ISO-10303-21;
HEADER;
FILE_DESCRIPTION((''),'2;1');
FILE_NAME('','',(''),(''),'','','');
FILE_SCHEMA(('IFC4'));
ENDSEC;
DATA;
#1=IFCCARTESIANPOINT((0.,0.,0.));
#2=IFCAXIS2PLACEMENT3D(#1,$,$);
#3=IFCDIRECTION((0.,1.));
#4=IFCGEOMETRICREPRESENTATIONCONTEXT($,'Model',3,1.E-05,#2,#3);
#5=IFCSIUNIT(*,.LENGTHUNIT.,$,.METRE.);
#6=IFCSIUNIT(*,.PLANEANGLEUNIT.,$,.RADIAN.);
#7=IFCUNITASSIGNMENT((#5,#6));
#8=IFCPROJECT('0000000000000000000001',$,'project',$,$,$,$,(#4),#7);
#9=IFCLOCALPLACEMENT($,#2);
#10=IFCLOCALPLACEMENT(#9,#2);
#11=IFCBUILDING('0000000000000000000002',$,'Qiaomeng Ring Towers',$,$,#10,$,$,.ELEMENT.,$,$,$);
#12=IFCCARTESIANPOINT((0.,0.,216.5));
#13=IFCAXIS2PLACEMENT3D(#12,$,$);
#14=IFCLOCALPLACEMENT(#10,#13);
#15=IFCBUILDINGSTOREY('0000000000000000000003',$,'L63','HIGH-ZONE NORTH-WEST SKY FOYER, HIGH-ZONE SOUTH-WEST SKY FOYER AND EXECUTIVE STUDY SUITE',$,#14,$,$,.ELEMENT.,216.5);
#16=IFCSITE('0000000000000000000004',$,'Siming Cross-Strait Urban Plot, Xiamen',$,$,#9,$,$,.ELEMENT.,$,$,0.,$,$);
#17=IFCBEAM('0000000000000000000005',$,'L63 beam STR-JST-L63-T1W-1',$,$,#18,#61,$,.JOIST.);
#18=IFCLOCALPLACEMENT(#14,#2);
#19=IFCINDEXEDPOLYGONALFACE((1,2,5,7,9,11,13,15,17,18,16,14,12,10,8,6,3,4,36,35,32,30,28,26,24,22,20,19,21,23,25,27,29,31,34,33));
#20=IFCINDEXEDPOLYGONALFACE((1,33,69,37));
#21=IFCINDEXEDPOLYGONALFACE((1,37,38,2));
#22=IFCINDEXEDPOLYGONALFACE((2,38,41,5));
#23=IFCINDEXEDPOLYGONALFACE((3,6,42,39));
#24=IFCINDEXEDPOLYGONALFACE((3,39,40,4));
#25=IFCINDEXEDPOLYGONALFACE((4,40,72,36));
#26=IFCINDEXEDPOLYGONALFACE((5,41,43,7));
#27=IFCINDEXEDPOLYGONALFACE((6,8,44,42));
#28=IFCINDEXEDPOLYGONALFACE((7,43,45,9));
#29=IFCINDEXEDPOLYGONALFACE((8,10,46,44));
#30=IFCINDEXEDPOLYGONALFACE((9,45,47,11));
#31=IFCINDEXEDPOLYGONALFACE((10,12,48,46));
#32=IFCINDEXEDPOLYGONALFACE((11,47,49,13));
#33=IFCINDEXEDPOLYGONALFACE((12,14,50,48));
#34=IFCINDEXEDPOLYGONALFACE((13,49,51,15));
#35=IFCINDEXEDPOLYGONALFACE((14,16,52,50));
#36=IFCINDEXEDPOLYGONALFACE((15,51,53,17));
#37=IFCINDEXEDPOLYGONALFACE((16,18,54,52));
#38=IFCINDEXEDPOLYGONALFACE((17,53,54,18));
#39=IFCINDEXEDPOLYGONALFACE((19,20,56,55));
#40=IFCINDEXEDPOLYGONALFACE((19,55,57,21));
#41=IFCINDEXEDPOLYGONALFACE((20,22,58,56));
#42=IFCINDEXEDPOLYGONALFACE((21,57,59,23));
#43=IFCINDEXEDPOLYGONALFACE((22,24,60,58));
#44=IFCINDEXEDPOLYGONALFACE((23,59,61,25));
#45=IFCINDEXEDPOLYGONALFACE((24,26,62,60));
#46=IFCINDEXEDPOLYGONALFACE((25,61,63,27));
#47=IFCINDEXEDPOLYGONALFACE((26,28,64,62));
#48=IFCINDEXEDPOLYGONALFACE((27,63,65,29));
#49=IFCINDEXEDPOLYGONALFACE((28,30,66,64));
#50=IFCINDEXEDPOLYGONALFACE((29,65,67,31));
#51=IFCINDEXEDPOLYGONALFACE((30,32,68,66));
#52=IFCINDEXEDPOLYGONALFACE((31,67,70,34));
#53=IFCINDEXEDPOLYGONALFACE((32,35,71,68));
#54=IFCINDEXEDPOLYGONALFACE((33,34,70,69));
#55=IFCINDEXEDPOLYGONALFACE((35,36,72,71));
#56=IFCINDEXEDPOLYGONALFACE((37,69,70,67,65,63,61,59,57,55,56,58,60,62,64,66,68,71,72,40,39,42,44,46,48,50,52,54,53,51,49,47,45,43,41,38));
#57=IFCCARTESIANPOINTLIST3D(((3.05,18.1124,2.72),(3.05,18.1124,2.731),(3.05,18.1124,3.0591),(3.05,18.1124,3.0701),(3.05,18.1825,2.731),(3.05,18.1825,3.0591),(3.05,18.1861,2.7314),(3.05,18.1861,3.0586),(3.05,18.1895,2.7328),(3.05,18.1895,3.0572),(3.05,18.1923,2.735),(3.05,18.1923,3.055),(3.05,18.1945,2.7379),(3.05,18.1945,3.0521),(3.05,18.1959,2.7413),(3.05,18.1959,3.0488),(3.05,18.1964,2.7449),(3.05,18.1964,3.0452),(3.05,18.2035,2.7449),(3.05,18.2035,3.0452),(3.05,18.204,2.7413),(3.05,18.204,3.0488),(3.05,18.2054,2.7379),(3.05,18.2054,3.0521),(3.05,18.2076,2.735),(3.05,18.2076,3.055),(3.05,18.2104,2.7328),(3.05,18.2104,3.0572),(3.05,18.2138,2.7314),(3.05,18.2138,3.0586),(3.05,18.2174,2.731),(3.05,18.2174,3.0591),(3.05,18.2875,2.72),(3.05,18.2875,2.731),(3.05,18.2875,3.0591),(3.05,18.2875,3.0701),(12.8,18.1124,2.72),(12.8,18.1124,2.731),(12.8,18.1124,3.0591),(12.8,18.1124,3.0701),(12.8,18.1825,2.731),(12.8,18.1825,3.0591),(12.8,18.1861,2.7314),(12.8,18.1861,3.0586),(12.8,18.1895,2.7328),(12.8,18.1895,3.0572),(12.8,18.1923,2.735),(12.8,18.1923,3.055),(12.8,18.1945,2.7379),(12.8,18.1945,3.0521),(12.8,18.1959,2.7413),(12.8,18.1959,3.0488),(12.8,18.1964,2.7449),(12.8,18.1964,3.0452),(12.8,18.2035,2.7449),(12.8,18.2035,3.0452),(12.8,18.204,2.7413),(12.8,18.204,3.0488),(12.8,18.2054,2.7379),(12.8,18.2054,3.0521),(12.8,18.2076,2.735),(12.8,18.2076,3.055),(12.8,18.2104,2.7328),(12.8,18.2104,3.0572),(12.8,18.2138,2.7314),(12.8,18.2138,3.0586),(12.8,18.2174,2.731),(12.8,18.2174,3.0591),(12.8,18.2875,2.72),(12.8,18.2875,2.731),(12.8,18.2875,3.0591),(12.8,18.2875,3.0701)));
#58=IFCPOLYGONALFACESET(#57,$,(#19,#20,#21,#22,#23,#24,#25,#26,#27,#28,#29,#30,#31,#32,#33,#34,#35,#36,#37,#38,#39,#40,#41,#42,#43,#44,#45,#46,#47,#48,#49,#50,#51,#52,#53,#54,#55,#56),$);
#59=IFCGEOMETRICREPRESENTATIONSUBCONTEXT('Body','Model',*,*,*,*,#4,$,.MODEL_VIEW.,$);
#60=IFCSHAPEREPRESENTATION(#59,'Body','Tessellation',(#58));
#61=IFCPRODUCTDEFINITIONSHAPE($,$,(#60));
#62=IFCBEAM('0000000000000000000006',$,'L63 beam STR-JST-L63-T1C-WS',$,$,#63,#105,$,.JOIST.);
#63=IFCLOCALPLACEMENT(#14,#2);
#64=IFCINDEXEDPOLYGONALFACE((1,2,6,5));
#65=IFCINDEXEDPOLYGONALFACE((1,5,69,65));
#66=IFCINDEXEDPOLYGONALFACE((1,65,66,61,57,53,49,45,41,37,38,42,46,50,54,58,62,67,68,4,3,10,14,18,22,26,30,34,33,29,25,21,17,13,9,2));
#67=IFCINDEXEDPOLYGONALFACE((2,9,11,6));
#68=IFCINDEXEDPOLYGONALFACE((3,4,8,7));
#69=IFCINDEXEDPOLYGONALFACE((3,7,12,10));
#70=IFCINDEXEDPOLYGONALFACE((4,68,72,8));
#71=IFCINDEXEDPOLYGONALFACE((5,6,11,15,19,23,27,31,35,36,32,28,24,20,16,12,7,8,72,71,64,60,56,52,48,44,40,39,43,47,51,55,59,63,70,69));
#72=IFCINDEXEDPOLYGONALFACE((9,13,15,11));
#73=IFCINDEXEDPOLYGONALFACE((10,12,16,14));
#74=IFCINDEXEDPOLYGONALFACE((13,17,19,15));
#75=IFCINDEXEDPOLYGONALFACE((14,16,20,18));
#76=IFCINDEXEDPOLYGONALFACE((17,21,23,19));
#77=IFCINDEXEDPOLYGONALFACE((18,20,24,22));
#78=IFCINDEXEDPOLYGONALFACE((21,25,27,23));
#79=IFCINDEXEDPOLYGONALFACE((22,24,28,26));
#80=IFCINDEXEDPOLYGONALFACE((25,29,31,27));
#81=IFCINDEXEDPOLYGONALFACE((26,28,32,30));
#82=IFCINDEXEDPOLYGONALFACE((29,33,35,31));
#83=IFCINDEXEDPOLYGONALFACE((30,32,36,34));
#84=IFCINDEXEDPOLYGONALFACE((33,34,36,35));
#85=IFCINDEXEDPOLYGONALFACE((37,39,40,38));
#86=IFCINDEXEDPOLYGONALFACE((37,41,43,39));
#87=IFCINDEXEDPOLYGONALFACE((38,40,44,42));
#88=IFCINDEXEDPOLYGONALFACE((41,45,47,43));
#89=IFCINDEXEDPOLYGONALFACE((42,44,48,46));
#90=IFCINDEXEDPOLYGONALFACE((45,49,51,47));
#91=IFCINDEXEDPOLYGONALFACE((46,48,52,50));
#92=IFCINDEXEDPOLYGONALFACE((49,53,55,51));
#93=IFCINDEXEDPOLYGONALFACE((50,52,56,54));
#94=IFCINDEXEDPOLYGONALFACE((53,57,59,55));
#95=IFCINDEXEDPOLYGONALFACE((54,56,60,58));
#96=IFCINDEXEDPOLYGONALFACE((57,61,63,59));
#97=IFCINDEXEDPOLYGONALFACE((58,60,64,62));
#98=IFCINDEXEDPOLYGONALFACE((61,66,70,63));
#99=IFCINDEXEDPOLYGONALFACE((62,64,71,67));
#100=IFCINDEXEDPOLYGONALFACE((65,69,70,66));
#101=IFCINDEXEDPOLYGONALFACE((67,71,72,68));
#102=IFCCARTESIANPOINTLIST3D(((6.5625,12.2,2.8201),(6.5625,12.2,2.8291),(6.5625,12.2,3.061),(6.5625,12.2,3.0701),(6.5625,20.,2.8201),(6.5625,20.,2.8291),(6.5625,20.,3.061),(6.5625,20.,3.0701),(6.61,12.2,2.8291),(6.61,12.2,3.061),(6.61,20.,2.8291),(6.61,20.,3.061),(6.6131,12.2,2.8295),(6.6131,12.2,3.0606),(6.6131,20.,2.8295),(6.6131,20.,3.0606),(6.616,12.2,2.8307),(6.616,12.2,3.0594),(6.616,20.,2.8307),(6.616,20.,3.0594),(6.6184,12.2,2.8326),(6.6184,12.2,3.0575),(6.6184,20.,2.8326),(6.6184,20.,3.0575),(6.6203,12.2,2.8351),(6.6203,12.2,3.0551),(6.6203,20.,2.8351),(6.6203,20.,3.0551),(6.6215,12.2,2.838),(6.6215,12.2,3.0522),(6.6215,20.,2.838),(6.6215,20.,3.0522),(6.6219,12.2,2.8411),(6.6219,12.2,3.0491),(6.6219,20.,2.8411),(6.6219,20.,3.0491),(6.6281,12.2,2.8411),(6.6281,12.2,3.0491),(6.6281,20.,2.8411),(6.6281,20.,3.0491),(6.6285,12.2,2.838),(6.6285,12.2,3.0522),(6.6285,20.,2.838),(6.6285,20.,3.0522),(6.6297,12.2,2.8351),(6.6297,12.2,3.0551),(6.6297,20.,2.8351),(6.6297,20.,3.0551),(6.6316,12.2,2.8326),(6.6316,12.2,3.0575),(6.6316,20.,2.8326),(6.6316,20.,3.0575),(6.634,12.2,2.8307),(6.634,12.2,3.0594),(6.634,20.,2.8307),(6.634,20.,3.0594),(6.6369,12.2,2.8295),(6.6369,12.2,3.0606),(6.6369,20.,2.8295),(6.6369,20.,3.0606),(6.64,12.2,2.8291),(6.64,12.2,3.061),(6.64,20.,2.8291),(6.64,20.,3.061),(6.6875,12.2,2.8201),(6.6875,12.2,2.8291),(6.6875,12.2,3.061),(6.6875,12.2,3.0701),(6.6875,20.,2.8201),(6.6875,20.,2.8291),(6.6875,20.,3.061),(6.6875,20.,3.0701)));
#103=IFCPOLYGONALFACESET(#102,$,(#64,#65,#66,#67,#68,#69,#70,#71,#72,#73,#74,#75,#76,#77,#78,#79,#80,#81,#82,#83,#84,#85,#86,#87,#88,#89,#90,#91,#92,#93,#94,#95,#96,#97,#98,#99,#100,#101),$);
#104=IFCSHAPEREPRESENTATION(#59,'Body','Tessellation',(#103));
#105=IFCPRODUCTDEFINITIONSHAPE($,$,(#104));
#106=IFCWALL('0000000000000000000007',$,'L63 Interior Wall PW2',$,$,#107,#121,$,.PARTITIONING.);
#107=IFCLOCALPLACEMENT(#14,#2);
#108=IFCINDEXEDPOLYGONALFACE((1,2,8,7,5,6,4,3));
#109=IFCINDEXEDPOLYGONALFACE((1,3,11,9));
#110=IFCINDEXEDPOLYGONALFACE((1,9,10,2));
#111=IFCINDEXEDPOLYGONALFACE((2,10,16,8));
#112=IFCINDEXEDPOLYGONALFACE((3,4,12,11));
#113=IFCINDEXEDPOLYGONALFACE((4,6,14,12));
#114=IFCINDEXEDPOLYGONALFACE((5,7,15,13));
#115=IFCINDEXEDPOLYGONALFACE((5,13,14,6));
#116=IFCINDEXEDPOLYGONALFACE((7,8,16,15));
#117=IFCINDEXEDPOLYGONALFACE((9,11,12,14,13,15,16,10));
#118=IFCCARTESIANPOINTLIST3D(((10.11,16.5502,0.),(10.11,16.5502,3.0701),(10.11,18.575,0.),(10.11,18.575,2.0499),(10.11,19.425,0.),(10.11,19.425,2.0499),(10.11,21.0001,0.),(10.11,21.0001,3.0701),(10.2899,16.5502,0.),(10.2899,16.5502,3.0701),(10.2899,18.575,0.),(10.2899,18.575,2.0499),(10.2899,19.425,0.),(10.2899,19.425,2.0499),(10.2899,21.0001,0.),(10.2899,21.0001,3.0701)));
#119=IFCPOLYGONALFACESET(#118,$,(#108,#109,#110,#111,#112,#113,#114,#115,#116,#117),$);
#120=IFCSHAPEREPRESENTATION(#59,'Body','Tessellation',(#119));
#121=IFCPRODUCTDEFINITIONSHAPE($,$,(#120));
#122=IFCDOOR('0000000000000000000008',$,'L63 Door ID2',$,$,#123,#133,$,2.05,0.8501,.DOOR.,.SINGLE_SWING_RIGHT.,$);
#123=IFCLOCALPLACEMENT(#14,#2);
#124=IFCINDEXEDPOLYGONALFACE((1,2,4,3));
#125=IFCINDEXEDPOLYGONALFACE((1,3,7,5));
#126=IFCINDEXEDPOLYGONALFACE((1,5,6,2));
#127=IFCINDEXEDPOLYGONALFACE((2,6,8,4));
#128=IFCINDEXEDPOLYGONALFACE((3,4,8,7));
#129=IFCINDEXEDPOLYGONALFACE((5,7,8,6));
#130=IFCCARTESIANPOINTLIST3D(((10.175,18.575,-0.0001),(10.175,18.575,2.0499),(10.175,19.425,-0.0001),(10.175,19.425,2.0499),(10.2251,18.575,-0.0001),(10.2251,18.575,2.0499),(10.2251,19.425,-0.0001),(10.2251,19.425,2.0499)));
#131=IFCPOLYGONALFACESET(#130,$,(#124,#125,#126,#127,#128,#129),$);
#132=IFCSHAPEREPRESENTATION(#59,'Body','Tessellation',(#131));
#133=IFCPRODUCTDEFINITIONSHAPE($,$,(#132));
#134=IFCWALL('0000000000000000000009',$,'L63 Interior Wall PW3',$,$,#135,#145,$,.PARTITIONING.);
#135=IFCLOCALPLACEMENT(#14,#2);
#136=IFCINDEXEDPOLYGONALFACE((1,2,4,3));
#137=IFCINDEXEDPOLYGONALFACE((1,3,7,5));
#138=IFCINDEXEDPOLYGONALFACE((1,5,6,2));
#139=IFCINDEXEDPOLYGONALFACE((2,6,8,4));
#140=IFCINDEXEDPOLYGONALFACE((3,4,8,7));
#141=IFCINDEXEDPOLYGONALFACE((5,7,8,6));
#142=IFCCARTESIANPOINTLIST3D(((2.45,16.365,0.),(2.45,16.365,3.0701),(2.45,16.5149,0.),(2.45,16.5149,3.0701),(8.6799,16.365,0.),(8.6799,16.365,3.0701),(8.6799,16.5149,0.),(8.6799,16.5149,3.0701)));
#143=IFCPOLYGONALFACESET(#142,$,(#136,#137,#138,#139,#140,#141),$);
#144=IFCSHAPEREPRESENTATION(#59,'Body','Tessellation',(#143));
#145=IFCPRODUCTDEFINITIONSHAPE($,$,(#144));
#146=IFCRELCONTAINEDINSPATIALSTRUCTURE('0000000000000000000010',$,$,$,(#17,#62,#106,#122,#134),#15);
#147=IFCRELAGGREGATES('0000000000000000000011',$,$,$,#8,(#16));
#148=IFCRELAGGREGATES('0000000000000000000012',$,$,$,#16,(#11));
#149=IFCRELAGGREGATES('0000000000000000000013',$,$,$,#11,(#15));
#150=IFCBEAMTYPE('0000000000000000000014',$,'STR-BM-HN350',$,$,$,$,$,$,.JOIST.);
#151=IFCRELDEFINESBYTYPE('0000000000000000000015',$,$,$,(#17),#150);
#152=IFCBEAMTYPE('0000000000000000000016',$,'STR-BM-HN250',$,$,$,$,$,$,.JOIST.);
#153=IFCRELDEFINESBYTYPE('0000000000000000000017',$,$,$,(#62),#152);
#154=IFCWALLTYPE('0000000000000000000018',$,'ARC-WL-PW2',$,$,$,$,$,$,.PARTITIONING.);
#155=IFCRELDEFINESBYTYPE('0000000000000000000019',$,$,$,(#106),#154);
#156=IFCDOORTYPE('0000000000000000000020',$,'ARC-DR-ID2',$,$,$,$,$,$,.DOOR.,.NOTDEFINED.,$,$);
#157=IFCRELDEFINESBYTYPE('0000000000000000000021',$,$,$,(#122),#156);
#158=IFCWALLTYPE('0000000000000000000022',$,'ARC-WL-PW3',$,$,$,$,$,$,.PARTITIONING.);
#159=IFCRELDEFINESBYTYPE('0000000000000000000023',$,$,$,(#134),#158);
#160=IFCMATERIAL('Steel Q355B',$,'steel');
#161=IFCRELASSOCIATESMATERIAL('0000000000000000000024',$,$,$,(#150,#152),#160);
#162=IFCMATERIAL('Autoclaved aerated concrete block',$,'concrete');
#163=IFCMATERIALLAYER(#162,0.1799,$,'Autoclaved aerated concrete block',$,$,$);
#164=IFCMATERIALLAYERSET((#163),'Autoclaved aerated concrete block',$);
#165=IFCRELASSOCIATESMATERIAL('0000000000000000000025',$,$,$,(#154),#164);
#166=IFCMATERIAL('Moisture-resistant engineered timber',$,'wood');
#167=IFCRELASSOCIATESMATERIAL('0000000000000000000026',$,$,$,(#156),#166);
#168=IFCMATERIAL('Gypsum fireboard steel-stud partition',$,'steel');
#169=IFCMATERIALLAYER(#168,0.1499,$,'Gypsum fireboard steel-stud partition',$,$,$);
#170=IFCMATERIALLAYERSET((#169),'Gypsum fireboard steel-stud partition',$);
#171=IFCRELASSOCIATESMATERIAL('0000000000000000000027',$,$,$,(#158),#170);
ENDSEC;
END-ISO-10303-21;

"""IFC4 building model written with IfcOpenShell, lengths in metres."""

from ifc_helpers import new_model, si_unit, direction, frame, frame_2d, origin, origin_2d, place, context, subcontext, project, spatial, rectangle, i_section, extrude, source, transform, mapped, material, layer, layer_set, material_profile, profile_set, type_object, element, fill, save


model = new_model("IFC4")

# Units and contexts
model_context = context("Model", 3, precision=1e-05, world=origin(), true_north=direction((0.0, 1.0)))
body_context = subcontext(model_context, "Body", "Model", "MODEL_VIEW")
ifc_project = project(units=[si_unit("LENGTHUNIT", "METRE"), si_unit("PLANEANGLEUNIT", "RADIAN")], contexts=[model_context])

# Site, building, storey
site_placement = place(None, origin())
site = spatial("IfcSite", under=ifc_project, at=site_placement, Name="Siming Cross-Strait Urban Plot, Xiamen", CompositionType="ELEMENT", RefElevation=0.0)
building_placement = place(site_placement, origin())
building = spatial("IfcBuilding", under=site, at=building_placement, Name="Qiaomeng Ring Towers", CompositionType="ELEMENT")
storey_placement = place(building_placement, frame((0.0, 0.0, 216.5)))
storey = spatial("IfcBuildingStorey", under=building, at=storey_placement, Name="L63", Description="HIGH-ZONE NORTH-WEST SKY FOYER, HIGH-ZONE SOUTH-WEST SKY FOYER AND EXECUTIVE STUDY SUITE", CompositionType="ELEMENT", Elevation=216.5)

# Beams
ifc_material_1 = material(Name="Steel Q355B", Category="steel")
ifc_material_profile_1 = material_profile(ifc_material_1, i_section(OverallWidth=0.175, OverallDepth=0.3501, WebThickness=0.0071, FlangeThickness=0.011, FilletRadius=0.0139, at=origin_2d()), Name="HN 350x175x7x11")
ifc_profile_set_1 = profile_set([ifc_material_profile_1], Name="Steel Q355B")
beam_type_1 = type_object("IfcBeamType", Name="STR-BM-HN350", PredefinedType="JOIST", material=ifc_profile_set_1)
shared_shape_1 = source(origin(), body_context, "Body", "SweptSolid", [
    extrude(i_section(OverallWidth=0.175, OverallDepth=0.3501, WebThickness=0.0071, FlangeThickness=0.011, FilletRadius=0.0139, at=origin_2d()), origin(), (0.0, 0.0, 1.0), 9.75),
])
beam_1_placement = place(storey_placement, frame((3.05, 18.2, 2.895), z_axis=(1.0, 0.0, 0.0), x_axis=(0.0, 1.0, 0.0)))
element("IfcBeam", 1, at=beam_1_placement, inside=storey, type_object=beam_type_1, Name="L63 beam STR-JST-L63-T1W-1", PredefinedType="JOIST", context=body_context, shape_type="MappedRepresentation", body=[
    mapped(shared_shape_1, transform((0.0, 0.0, 0.0), x_axis=(1.0, 0.0, 0.0), y_axis=(0.0, 1.0, 0.0), z_axis=(0.0, 0.0, 1.0), scale=1.0)),
])
ifc_material_profile_2 = material_profile(ifc_material_1, i_section(OverallWidth=0.125, OverallDepth=0.25, WebThickness=0.0061, FlangeThickness=0.009, FilletRadius=0.012, at=origin_2d()), Name="HN 250x125x6x9")
ifc_profile_set_2 = profile_set([ifc_material_profile_2], Name="Steel Q355B")
beam_type_2 = type_object("IfcBeamType", Name="STR-BM-HN250", PredefinedType="JOIST", material=ifc_profile_set_2)
shared_shape_2 = source(origin(), body_context, "Body", "SweptSolid", [
    extrude(i_section(OverallWidth=0.125, OverallDepth=0.25, WebThickness=0.0061, FlangeThickness=0.009, FilletRadius=0.012, at=origin_2d()), origin(), (0.0, 0.0, 1.0), 7.8),
])
beam_2_placement = place(storey_placement, frame((6.625, 12.2, 2.9451), z_axis=(0.0, 1.0, 0.0), x_axis=(-1.0, 0.0, 0.0)))
element("IfcBeam", 2, at=beam_2_placement, inside=storey, type_object=beam_type_2, Name="L63 beam STR-JST-L63-T1C-WS", PredefinedType="JOIST", context=body_context, shape_type="MappedRepresentation", body=[
    mapped(shared_shape_2, transform((0.0, 0.0, 0.0), x_axis=(1.0, 0.0, 0.0), y_axis=(0.0, 1.0, 0.0), z_axis=(0.0, 0.0, 1.0), scale=1.0)),
])

# Wall, opening, door
ifc_material_2 = material(Name="Autoclaved aerated concrete block", Category="concrete")
ifc_layer_1 = layer(ifc_material_2, 0.1799, Name="Autoclaved aerated concrete block")
ifc_layer_set_1 = layer_set([ifc_layer_1], Name="Autoclaved aerated concrete block")
wall_type_1 = type_object("IfcWallType", Name="ARC-WL-PW2", PredefinedType="PARTITIONING", material=ifc_layer_set_1)
wall_1_placement = place(storey_placement, frame((10.2, 16.55, 0.0), z_axis=(0.0, 0.0, 1.0), x_axis=(0.0, 1.0, 0.0)))
wall_1 = element("IfcWall", 3, at=wall_1_placement, inside=storey, type_object=wall_type_1, Name="L63 Interior Wall PW2", PredefinedType="PARTITIONING", context=body_context, shape_type="SweptSolid", body=[
    extrude(rectangle(XDim=4.45, YDim=0.1799, at=frame_2d((2.2251, 0.0))), origin(), (0.0, 0.0, 1.0), 3.0701),
])
opening_1_placement = place(wall_1_placement, frame((2.0249, 0.0, 0.0)))
opening_1 = element("IfcOpeningElement", 4, at=opening_1_placement, cuts=wall_1, PredefinedType="OPENING", context=body_context, shape_type="SweptSolid", body=[
    extrude(rectangle(XDim=0.8501, YDim=2.05, at=frame_2d((0.425, 1.0249))), frame((0.0, 0.0999, 0.0), z_axis=(0.0, -1.0, 0.0), x_axis=(1.0, 0.0, 0.0)), (0.0, 0.0, 1.0), 0.2),
])
ifc_material_3 = material(Name="Moisture-resistant engineered timber", Category="wood")
door_type_1 = type_object("IfcDoorType", Name="ARC-DR-ID2", OperationType="NOTDEFINED", PredefinedType="DOOR", material=ifc_material_3)
shared_shape_3 = source(origin(), body_context, "Body", "SweptSolid", [
    extrude(rectangle(XDim=0.8501, YDim=2.05, at=frame_2d((0.425, 1.0249))), frame((0.0, 0.0249, 0.0), z_axis=(0.0, -1.0, 0.0), x_axis=(1.0, 0.0, 0.0)), (0.0, 0.0, 1.0), 0.05),
])
door_1_placement = place(opening_1_placement, origin())
door_1 = element("IfcDoor", 5, at=door_1_placement, inside=storey, type_object=door_type_1, Name="L63 Door ID2", OperationType="SINGLE_SWING_RIGHT", OverallHeight=2.05, OverallWidth=0.8501, PredefinedType="DOOR", context=body_context, shape_type="MappedRepresentation", body=[
    mapped(shared_shape_3, transform((0.0, 0.0, 0.0), x_axis=(1.0, 0.0, 0.0), y_axis=(0.0, 1.0, 0.0), z_axis=(0.0, 0.0, 1.0), scale=1.0)),
])
fill(opening_1, door_1)

# Wall
ifc_material_4 = material(Name="Gypsum fireboard steel-stud partition", Category="steel")
ifc_layer_2 = layer(ifc_material_4, 0.1499, Name="Gypsum fireboard steel-stud partition")
ifc_layer_set_2 = layer_set([ifc_layer_2], Name="Gypsum fireboard steel-stud partition")
wall_type_2 = type_object("IfcWallType", Name="ARC-WL-PW3", PredefinedType="PARTITIONING", material=ifc_layer_set_2)
wall_2_placement = place(storey_placement, frame((2.45, 16.4399, 0.0), z_axis=(0.0, 0.0, 1.0), x_axis=(1.0, 0.0, 0.0)))
element("IfcWall", 6, at=wall_2_placement, inside=storey, type_object=wall_type_2, Name="L63 Interior Wall PW3", PredefinedType="PARTITIONING", context=body_context, shape_type="SweptSolid", body=[
    extrude(rectangle(XDim=6.23, YDim=0.1499, at=frame_2d((3.115, 0.0))), origin(), (0.0, 0.0, 1.0), 3.0701),
])

save(model, "model.ifc")
